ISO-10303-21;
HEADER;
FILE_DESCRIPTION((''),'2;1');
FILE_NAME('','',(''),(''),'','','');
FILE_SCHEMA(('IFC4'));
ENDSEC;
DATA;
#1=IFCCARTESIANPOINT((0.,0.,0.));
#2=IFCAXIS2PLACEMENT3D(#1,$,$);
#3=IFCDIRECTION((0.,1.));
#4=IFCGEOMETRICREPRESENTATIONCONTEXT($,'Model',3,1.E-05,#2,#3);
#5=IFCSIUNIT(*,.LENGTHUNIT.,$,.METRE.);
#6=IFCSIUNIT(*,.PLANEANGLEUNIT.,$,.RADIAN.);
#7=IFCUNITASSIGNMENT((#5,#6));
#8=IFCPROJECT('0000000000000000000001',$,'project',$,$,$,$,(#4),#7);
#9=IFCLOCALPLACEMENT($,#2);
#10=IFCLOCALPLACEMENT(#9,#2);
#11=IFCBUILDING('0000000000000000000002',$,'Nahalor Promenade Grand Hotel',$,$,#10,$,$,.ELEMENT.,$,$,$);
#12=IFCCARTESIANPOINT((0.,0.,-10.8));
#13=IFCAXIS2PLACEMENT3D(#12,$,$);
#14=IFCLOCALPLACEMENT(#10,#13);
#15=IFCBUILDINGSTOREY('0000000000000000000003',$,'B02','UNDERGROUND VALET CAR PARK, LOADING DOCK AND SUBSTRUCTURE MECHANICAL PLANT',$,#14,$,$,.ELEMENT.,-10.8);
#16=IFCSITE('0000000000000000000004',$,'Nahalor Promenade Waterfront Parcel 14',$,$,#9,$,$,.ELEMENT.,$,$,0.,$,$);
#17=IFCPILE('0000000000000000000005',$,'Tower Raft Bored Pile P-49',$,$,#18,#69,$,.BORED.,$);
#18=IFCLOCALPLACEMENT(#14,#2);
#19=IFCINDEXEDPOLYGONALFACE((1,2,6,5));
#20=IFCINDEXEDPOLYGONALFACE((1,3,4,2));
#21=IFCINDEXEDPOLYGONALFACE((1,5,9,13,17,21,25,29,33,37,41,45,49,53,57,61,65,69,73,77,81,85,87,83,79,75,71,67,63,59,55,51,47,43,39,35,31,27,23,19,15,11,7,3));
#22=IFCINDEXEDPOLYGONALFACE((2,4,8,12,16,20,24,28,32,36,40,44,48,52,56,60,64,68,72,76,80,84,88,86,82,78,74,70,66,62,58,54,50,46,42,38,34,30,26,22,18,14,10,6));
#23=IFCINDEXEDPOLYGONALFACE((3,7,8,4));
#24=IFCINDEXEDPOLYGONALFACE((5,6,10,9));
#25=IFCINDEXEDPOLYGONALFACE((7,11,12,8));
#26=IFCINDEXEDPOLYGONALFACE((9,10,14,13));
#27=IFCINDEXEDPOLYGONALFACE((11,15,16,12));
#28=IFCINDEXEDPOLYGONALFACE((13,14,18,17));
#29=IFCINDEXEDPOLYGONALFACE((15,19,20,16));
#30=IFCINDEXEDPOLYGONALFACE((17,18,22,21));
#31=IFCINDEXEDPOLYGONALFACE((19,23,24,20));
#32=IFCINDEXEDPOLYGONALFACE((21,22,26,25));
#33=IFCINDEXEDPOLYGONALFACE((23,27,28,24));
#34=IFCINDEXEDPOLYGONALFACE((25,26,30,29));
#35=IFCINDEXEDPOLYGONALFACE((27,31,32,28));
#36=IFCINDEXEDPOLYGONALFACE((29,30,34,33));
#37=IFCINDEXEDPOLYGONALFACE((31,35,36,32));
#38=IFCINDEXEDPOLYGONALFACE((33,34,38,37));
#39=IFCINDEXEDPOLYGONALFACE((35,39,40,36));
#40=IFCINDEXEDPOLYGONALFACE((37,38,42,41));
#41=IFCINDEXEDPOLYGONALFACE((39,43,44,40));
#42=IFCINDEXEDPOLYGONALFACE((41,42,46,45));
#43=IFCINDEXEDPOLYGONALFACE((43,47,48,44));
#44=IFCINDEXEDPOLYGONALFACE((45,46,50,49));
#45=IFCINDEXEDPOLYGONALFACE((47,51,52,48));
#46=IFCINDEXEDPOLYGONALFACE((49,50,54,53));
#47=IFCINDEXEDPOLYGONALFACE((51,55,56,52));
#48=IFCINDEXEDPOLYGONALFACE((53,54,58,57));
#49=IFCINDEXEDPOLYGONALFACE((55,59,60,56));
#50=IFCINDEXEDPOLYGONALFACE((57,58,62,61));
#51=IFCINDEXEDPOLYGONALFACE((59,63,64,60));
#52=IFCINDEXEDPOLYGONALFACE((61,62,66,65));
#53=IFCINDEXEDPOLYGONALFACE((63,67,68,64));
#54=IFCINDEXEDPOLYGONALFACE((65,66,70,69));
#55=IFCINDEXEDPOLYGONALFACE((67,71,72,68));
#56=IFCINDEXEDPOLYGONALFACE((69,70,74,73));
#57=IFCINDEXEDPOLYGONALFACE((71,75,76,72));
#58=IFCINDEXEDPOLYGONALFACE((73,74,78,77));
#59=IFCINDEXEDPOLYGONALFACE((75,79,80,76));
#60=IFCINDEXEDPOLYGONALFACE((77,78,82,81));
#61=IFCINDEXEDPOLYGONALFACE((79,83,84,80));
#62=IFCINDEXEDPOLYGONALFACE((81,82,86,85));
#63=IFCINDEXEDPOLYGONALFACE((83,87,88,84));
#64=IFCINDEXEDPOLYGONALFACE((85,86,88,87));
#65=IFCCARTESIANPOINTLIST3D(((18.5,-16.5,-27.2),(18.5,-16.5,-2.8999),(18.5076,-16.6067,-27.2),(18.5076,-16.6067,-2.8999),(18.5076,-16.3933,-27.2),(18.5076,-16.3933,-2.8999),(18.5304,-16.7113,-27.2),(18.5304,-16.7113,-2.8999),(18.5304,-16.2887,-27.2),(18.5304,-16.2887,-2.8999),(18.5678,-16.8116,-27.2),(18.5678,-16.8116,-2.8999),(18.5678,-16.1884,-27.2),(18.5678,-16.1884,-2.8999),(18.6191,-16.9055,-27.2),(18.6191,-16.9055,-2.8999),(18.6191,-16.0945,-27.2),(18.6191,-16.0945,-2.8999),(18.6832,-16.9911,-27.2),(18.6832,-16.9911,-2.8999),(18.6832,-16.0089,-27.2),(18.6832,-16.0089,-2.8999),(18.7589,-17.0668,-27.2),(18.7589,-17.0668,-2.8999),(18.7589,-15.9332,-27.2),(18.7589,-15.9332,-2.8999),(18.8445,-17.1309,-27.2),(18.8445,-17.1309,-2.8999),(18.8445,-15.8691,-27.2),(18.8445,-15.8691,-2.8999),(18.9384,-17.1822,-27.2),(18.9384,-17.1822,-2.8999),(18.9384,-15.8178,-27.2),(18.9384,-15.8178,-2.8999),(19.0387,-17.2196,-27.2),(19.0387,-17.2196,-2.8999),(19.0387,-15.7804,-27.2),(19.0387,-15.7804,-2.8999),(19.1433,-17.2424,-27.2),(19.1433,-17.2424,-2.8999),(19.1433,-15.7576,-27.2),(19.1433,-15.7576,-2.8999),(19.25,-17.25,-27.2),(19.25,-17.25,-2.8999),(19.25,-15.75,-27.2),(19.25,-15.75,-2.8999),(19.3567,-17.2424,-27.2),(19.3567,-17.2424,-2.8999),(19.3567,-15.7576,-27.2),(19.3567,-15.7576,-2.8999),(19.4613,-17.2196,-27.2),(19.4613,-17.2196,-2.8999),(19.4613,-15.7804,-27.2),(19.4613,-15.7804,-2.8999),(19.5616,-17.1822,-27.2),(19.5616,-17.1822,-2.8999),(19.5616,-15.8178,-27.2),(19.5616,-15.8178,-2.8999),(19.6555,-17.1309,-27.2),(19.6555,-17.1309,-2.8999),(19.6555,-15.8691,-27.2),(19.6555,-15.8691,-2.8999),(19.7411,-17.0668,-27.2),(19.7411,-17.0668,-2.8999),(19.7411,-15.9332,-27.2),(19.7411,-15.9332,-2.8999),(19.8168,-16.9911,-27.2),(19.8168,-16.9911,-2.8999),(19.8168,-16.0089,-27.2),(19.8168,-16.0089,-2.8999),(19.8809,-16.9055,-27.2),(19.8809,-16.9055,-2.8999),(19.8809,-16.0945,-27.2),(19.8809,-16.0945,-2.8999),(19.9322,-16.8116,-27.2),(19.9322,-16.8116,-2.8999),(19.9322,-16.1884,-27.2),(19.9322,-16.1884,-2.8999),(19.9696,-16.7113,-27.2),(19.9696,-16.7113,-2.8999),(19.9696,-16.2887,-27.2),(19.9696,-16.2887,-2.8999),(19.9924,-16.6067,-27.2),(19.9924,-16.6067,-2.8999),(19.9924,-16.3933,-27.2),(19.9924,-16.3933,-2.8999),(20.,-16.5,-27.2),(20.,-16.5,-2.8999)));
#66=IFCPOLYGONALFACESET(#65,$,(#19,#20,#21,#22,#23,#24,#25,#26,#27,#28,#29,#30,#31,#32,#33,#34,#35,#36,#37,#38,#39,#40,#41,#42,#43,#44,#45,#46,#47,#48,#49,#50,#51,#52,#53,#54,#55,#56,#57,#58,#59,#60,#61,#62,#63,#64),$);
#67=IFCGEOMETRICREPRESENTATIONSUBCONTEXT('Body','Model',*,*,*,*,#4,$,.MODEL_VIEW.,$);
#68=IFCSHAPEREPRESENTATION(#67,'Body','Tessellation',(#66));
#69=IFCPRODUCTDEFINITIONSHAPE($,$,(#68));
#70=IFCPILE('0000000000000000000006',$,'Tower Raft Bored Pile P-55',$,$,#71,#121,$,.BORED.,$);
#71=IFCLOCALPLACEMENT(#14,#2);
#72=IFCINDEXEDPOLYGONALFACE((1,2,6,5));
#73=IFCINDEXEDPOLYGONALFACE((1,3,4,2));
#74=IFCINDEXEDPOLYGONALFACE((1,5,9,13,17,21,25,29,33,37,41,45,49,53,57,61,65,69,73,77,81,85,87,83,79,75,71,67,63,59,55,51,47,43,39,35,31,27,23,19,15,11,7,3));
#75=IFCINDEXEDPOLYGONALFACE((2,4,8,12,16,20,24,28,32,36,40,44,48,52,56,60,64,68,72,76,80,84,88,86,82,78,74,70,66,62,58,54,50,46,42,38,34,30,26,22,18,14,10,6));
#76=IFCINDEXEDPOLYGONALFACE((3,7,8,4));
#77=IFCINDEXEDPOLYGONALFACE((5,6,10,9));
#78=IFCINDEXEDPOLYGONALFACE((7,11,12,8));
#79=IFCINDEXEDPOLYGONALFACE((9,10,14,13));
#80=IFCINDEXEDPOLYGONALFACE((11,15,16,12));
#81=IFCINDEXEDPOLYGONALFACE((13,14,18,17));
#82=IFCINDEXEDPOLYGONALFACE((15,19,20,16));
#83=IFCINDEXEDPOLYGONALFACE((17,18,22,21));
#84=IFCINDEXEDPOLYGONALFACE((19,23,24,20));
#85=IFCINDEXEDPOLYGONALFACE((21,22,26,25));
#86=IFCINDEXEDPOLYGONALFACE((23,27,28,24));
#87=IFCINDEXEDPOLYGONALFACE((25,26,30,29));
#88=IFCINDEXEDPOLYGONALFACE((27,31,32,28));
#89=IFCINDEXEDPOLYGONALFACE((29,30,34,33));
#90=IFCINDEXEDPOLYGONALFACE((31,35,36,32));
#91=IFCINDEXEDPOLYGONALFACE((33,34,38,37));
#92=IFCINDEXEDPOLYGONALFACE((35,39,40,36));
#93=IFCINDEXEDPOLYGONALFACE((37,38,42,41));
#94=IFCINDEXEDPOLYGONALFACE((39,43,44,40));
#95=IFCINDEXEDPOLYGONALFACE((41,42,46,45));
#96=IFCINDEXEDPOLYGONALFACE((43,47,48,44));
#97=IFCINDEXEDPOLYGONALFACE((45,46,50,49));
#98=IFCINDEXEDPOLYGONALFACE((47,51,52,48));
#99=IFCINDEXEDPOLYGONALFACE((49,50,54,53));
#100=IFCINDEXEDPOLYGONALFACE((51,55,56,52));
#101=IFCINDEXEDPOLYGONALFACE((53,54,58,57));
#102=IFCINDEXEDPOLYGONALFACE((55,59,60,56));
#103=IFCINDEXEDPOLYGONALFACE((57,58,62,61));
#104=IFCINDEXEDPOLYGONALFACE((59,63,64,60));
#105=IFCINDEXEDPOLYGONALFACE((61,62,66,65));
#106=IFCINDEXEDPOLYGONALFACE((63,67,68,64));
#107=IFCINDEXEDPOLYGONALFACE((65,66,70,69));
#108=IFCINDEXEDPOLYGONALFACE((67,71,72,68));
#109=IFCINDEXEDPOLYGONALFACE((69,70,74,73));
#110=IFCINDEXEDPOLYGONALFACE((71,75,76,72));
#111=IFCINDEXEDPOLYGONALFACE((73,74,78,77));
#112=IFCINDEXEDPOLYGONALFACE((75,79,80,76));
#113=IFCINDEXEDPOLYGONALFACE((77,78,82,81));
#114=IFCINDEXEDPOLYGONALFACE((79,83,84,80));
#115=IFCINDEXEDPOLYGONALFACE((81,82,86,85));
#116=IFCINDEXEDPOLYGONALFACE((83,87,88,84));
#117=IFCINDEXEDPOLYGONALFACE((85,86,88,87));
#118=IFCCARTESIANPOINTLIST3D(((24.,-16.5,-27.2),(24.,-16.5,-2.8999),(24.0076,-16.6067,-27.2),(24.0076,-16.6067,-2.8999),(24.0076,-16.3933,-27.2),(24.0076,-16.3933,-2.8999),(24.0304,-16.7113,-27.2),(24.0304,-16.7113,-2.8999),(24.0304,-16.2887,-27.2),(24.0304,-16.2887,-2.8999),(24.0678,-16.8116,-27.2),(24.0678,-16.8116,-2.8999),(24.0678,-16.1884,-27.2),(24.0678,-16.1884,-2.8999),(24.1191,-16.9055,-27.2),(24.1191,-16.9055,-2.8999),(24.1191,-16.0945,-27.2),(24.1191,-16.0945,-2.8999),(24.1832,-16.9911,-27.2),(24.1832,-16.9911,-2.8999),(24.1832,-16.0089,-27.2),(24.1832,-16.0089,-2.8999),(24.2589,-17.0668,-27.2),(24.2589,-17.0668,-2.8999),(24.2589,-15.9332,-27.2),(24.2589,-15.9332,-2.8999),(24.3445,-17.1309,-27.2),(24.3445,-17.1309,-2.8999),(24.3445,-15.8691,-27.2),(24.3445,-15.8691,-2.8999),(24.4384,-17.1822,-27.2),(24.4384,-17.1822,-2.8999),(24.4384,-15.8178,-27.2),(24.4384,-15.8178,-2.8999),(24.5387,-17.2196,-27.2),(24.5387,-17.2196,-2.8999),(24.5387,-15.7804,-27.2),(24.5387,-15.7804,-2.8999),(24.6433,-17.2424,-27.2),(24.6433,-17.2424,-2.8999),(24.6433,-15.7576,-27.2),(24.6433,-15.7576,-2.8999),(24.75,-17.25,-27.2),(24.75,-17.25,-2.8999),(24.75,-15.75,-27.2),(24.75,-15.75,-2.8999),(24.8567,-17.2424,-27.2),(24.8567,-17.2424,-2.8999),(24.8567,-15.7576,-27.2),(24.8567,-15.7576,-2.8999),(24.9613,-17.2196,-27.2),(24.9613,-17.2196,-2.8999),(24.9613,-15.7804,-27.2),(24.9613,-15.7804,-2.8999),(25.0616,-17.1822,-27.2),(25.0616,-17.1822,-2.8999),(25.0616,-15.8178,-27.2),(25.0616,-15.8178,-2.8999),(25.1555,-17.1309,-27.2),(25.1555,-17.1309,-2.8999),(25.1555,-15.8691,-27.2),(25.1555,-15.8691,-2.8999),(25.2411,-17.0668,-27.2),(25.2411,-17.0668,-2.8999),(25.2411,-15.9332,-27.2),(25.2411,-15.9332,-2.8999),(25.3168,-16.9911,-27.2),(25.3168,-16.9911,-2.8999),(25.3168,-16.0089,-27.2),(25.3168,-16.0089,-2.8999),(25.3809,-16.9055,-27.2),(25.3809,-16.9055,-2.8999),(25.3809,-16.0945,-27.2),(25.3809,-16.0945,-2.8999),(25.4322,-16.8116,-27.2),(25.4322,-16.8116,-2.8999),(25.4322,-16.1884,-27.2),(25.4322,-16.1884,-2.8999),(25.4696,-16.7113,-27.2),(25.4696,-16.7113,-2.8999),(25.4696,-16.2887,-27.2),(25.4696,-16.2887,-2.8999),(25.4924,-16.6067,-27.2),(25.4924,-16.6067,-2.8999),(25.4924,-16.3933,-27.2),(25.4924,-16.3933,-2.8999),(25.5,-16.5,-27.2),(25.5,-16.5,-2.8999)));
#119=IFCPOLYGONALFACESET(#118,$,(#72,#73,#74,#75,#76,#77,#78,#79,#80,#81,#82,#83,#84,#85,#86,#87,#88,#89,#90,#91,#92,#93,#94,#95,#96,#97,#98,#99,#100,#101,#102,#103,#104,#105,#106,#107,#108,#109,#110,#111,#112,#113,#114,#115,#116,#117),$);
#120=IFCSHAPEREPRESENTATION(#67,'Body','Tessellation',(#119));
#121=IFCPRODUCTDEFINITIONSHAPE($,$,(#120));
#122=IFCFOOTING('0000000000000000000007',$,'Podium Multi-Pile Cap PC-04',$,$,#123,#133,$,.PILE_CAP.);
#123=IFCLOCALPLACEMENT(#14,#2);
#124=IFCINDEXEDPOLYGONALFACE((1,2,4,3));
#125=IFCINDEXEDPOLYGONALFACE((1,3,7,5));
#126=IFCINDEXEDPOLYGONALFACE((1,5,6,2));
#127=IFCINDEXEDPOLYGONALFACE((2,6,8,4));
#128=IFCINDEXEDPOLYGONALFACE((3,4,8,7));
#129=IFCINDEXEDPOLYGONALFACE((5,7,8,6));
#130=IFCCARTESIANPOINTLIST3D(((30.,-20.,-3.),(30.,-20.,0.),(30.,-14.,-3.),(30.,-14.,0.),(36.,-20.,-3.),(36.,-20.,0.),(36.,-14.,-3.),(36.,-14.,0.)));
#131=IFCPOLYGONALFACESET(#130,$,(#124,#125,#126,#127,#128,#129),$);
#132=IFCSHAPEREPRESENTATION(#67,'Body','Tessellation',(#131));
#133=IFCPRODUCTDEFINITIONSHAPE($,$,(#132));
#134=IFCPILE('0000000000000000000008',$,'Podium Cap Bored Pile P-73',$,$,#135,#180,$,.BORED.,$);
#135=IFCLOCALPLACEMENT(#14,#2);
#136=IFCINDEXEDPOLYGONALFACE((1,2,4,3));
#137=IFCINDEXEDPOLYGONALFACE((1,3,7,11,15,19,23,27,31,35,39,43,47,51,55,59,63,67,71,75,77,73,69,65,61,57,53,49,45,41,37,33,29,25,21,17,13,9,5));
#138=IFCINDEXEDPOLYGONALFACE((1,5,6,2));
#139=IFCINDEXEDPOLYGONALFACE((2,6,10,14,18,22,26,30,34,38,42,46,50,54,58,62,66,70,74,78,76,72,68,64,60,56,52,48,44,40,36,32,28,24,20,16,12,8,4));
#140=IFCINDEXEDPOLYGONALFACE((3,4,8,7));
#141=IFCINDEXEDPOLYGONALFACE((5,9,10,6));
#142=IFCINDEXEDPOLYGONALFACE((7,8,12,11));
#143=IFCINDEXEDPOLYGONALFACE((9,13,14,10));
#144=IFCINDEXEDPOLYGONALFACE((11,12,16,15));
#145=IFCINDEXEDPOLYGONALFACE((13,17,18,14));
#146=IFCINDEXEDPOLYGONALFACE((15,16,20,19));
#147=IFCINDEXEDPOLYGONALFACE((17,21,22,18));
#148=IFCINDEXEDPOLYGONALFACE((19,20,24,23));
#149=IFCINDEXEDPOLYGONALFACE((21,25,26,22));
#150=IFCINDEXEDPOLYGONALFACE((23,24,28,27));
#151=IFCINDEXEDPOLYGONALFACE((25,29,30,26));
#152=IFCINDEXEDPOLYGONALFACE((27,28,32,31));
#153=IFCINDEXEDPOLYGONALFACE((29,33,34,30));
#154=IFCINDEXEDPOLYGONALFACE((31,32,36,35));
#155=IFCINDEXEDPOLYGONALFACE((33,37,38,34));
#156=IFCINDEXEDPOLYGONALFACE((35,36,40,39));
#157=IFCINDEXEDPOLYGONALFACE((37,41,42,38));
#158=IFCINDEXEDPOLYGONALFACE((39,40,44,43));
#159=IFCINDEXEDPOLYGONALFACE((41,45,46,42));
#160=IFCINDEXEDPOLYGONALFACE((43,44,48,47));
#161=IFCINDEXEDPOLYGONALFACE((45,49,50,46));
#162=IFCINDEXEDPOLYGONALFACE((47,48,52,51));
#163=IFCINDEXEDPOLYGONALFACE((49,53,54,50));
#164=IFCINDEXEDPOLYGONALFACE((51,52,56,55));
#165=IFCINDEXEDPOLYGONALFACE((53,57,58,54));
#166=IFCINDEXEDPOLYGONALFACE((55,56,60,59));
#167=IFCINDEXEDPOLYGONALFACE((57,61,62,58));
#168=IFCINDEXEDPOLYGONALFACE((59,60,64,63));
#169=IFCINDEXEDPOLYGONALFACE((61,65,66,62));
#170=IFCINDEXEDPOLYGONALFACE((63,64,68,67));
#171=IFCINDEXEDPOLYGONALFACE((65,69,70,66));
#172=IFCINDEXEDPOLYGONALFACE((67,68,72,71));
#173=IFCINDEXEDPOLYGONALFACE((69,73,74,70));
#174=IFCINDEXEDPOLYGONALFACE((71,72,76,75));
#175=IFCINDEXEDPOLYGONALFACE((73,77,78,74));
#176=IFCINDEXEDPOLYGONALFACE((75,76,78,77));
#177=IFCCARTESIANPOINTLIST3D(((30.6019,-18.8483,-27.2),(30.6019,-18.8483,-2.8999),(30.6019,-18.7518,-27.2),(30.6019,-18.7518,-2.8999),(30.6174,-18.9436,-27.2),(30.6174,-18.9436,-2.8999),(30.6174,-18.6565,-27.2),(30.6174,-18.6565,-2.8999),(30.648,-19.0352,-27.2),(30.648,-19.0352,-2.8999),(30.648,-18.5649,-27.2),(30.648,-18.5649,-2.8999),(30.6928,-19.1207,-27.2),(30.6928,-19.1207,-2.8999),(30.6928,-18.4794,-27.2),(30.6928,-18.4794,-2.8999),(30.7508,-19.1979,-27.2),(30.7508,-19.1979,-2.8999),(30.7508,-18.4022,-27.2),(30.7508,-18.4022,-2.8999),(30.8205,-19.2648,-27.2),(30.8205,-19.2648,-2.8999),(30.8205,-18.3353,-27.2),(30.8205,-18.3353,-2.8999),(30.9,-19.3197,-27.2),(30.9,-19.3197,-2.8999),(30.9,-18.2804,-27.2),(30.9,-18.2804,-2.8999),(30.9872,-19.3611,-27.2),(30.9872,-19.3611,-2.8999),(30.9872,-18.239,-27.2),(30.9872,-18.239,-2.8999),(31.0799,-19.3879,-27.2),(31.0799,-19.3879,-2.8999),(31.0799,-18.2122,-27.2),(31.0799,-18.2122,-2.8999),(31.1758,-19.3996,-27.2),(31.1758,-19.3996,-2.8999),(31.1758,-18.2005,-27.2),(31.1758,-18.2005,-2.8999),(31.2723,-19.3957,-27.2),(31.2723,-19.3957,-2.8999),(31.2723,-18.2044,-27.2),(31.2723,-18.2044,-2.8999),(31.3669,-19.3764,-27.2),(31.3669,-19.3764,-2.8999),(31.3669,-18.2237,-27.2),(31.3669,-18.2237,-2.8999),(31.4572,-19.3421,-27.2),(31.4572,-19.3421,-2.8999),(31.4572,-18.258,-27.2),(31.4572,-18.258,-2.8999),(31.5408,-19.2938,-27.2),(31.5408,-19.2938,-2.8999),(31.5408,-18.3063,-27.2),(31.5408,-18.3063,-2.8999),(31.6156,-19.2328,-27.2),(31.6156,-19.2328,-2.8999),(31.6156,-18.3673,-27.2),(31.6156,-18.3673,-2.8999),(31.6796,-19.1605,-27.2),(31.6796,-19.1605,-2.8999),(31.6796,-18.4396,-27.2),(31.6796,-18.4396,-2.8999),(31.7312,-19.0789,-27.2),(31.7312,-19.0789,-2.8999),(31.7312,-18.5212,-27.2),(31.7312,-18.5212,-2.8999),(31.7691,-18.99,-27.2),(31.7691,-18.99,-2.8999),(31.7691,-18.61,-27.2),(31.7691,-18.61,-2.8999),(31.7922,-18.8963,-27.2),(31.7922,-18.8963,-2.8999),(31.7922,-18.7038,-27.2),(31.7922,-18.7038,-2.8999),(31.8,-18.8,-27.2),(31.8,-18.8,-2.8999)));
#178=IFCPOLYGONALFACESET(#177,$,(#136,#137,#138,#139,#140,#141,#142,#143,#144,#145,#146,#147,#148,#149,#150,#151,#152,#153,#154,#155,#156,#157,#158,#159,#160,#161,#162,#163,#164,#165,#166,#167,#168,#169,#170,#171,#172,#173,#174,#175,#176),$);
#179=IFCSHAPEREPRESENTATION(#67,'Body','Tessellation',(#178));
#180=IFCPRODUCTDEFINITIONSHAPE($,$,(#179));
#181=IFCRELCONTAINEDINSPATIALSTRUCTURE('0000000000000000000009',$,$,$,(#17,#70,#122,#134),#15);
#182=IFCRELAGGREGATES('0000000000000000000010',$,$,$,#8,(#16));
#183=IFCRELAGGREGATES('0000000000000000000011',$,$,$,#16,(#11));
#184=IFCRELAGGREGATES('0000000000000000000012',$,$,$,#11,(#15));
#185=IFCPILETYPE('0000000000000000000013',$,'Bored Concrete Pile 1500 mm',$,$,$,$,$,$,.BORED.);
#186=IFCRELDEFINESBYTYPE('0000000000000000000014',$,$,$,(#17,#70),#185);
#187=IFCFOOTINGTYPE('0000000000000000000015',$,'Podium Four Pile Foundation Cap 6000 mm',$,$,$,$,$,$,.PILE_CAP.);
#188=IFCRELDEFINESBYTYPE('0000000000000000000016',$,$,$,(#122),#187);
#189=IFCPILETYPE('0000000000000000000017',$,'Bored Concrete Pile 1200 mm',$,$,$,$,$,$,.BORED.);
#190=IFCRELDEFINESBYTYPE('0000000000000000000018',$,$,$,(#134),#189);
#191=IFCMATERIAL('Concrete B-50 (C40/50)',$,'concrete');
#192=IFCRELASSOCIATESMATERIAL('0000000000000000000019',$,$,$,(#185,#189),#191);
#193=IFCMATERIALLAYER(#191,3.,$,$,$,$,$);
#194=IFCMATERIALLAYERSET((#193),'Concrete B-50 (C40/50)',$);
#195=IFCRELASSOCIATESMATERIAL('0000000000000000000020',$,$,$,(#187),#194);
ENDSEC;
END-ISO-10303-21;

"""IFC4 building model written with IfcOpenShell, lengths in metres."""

from ifc_helpers import new_model, si_unit, direction, frame, origin, origin_2d, place, context, subcontext, project, spatial, rectangle, circle, extrude, source, transform, mapped, material, layer, layer_set, material_profile, profile_set, type_object, element, save


model = new_model("IFC4")

# Units and contexts
model_context = context("Model", 3, precision=1e-05, world=origin(), true_north=direction((0.0, 1.0)))
body_context = subcontext(model_context, "Body", "Model", "MODEL_VIEW")
ifc_project = project(units=[si_unit("LENGTHUNIT", "METRE"), si_unit("PLANEANGLEUNIT", "RADIAN")], contexts=[model_context])

# Site, building, storey
site_placement = place(None, origin())
site = spatial("IfcSite", under=ifc_project, at=site_placement, Name="Nahalor Promenade Waterfront Parcel 14", CompositionType="ELEMENT", RefElevation=0.0)
building_placement = place(site_placement, origin())
building = spatial("IfcBuilding", under=site, at=building_placement, Name="Nahalor Promenade Grand Hotel", CompositionType="ELEMENT")
storey_placement = place(building_placement, frame((0.0, 0.0, -10.8)))
storey = spatial("IfcBuildingStorey", under=building, at=storey_placement, Name="B02", Description="UNDERGROUND VALET CAR PARK, LOADING DOCK AND SUBSTRUCTURE MECHANICAL PLANT", CompositionType="ELEMENT", Elevation=-10.8)

# Piles
ifc_material_1 = material(Name="Concrete B-50 (C40/50)", Category="concrete")
ifc_material_profile_1 = material_profile(ifc_material_1, circle(Radius=0.75, at=origin_2d()), Name="PILE D1500")
ifc_profile_set_1 = profile_set([ifc_material_profile_1], Name="Concrete B-50 (C40/50)")
pile_type_1 = type_object("IfcPileType", Name="Bored Concrete Pile 1500 mm", PredefinedType="BORED", material=ifc_profile_set_1)
shared_shape_1 = source(origin(), body_context, "Body", "SweptSolid", [
    extrude(circle(Radius=0.75, at=origin_2d()), origin(), (0.0, 0.0, 1.0), 24.3),
])
for number, where, z_axis, x_axis, name in (
    (1, (19.25, -16.5, -2.8999), (0.0, 0.0, -1.0), (1.0, 0.0, 0.0), "Tower Raft Bored Pile P-49"),
    (2, (24.75, -16.5, -2.8999), (0.0, 0.0, -1.0), (1.0, 0.0, 0.0), "Tower Raft Bored Pile P-55"),
):
    element("IfcPile", number, at=place(storey_placement, frame(where, z_axis=z_axis, x_axis=x_axis)), inside=storey, type_object=pile_type_1, Name=name, PredefinedType="BORED", context=body_context, shape_type="MappedRepresentation", body=[
        mapped(shared_shape_1, transform((0.0, 0.0, 0.0), scale=1.0)),
    ])

# Footing
ifc_layer_1 = layer(ifc_material_1, 3.0)
ifc_layer_set_1 = layer_set([ifc_layer_1], Name="Concrete B-50 (C40/50)")
footing_type_1 = type_object("IfcFootingType", Name="Podium Four Pile Foundation Cap 6000 mm", PredefinedType="PILE_CAP", material=ifc_layer_set_1)
shared_shape_2 = source(origin(), body_context, "Body", "SweptSolid", [
    extrude(rectangle(XDim=6.0, YDim=6.0, at=origin_2d()), origin(), (0.0, 0.0, 1.0), 3.0),
])
footing_1_placement = place(storey_placement, frame((33.0, -17.0, -3.0), z_axis=(0.0, 0.0, 1.0), x_axis=(1.0, 0.0, 0.0)))
element("IfcFooting", 3, at=footing_1_placement, inside=storey, type_object=footing_type_1, Name="Podium Multi-Pile Cap PC-04", PredefinedType="PILE_CAP", context=body_context, shape_type="MappedRepresentation", body=[
    mapped(shared_shape_2, transform((0.0, 0.0, 0.0), scale=1.0)),
])

# Pile
ifc_material_profile_2 = material_profile(ifc_material_1, circle(Radius=0.6, at=origin_2d()), Name="PILE D1200")
ifc_profile_set_2 = profile_set([ifc_material_profile_2], Name="Concrete B-50 (C40/50)")
pile_type_2 = type_object("IfcPileType", Name="Bored Concrete Pile 1200 mm", PredefinedType="BORED", material=ifc_profile_set_2)
shared_shape_3 = source(origin(), body_context, "Body", "SweptSolid", [
    extrude(circle(Radius=0.6, at=origin_2d()), origin(), (0.0, 0.0, 1.0), 24.3),
])
for number, where, z_axis, x_axis, name in (
    (4, (31.2, -18.8, -2.8999), (0.0, 0.0, -1.0), (1.0, 0.0, 0.0), "Podium Cap Bored Pile P-73"),
):
    element("IfcPile", number, at=place(storey_placement, frame(where, z_axis=z_axis, x_axis=x_axis)), inside=storey, type_object=pile_type_2, Name=name, PredefinedType="BORED", context=body_context, shape_type="MappedRepresentation", body=[
        mapped(shared_shape_3, transform((0.0, 0.0, 0.0), scale=1.0)),
    ])

save(model, "model.ifc")
